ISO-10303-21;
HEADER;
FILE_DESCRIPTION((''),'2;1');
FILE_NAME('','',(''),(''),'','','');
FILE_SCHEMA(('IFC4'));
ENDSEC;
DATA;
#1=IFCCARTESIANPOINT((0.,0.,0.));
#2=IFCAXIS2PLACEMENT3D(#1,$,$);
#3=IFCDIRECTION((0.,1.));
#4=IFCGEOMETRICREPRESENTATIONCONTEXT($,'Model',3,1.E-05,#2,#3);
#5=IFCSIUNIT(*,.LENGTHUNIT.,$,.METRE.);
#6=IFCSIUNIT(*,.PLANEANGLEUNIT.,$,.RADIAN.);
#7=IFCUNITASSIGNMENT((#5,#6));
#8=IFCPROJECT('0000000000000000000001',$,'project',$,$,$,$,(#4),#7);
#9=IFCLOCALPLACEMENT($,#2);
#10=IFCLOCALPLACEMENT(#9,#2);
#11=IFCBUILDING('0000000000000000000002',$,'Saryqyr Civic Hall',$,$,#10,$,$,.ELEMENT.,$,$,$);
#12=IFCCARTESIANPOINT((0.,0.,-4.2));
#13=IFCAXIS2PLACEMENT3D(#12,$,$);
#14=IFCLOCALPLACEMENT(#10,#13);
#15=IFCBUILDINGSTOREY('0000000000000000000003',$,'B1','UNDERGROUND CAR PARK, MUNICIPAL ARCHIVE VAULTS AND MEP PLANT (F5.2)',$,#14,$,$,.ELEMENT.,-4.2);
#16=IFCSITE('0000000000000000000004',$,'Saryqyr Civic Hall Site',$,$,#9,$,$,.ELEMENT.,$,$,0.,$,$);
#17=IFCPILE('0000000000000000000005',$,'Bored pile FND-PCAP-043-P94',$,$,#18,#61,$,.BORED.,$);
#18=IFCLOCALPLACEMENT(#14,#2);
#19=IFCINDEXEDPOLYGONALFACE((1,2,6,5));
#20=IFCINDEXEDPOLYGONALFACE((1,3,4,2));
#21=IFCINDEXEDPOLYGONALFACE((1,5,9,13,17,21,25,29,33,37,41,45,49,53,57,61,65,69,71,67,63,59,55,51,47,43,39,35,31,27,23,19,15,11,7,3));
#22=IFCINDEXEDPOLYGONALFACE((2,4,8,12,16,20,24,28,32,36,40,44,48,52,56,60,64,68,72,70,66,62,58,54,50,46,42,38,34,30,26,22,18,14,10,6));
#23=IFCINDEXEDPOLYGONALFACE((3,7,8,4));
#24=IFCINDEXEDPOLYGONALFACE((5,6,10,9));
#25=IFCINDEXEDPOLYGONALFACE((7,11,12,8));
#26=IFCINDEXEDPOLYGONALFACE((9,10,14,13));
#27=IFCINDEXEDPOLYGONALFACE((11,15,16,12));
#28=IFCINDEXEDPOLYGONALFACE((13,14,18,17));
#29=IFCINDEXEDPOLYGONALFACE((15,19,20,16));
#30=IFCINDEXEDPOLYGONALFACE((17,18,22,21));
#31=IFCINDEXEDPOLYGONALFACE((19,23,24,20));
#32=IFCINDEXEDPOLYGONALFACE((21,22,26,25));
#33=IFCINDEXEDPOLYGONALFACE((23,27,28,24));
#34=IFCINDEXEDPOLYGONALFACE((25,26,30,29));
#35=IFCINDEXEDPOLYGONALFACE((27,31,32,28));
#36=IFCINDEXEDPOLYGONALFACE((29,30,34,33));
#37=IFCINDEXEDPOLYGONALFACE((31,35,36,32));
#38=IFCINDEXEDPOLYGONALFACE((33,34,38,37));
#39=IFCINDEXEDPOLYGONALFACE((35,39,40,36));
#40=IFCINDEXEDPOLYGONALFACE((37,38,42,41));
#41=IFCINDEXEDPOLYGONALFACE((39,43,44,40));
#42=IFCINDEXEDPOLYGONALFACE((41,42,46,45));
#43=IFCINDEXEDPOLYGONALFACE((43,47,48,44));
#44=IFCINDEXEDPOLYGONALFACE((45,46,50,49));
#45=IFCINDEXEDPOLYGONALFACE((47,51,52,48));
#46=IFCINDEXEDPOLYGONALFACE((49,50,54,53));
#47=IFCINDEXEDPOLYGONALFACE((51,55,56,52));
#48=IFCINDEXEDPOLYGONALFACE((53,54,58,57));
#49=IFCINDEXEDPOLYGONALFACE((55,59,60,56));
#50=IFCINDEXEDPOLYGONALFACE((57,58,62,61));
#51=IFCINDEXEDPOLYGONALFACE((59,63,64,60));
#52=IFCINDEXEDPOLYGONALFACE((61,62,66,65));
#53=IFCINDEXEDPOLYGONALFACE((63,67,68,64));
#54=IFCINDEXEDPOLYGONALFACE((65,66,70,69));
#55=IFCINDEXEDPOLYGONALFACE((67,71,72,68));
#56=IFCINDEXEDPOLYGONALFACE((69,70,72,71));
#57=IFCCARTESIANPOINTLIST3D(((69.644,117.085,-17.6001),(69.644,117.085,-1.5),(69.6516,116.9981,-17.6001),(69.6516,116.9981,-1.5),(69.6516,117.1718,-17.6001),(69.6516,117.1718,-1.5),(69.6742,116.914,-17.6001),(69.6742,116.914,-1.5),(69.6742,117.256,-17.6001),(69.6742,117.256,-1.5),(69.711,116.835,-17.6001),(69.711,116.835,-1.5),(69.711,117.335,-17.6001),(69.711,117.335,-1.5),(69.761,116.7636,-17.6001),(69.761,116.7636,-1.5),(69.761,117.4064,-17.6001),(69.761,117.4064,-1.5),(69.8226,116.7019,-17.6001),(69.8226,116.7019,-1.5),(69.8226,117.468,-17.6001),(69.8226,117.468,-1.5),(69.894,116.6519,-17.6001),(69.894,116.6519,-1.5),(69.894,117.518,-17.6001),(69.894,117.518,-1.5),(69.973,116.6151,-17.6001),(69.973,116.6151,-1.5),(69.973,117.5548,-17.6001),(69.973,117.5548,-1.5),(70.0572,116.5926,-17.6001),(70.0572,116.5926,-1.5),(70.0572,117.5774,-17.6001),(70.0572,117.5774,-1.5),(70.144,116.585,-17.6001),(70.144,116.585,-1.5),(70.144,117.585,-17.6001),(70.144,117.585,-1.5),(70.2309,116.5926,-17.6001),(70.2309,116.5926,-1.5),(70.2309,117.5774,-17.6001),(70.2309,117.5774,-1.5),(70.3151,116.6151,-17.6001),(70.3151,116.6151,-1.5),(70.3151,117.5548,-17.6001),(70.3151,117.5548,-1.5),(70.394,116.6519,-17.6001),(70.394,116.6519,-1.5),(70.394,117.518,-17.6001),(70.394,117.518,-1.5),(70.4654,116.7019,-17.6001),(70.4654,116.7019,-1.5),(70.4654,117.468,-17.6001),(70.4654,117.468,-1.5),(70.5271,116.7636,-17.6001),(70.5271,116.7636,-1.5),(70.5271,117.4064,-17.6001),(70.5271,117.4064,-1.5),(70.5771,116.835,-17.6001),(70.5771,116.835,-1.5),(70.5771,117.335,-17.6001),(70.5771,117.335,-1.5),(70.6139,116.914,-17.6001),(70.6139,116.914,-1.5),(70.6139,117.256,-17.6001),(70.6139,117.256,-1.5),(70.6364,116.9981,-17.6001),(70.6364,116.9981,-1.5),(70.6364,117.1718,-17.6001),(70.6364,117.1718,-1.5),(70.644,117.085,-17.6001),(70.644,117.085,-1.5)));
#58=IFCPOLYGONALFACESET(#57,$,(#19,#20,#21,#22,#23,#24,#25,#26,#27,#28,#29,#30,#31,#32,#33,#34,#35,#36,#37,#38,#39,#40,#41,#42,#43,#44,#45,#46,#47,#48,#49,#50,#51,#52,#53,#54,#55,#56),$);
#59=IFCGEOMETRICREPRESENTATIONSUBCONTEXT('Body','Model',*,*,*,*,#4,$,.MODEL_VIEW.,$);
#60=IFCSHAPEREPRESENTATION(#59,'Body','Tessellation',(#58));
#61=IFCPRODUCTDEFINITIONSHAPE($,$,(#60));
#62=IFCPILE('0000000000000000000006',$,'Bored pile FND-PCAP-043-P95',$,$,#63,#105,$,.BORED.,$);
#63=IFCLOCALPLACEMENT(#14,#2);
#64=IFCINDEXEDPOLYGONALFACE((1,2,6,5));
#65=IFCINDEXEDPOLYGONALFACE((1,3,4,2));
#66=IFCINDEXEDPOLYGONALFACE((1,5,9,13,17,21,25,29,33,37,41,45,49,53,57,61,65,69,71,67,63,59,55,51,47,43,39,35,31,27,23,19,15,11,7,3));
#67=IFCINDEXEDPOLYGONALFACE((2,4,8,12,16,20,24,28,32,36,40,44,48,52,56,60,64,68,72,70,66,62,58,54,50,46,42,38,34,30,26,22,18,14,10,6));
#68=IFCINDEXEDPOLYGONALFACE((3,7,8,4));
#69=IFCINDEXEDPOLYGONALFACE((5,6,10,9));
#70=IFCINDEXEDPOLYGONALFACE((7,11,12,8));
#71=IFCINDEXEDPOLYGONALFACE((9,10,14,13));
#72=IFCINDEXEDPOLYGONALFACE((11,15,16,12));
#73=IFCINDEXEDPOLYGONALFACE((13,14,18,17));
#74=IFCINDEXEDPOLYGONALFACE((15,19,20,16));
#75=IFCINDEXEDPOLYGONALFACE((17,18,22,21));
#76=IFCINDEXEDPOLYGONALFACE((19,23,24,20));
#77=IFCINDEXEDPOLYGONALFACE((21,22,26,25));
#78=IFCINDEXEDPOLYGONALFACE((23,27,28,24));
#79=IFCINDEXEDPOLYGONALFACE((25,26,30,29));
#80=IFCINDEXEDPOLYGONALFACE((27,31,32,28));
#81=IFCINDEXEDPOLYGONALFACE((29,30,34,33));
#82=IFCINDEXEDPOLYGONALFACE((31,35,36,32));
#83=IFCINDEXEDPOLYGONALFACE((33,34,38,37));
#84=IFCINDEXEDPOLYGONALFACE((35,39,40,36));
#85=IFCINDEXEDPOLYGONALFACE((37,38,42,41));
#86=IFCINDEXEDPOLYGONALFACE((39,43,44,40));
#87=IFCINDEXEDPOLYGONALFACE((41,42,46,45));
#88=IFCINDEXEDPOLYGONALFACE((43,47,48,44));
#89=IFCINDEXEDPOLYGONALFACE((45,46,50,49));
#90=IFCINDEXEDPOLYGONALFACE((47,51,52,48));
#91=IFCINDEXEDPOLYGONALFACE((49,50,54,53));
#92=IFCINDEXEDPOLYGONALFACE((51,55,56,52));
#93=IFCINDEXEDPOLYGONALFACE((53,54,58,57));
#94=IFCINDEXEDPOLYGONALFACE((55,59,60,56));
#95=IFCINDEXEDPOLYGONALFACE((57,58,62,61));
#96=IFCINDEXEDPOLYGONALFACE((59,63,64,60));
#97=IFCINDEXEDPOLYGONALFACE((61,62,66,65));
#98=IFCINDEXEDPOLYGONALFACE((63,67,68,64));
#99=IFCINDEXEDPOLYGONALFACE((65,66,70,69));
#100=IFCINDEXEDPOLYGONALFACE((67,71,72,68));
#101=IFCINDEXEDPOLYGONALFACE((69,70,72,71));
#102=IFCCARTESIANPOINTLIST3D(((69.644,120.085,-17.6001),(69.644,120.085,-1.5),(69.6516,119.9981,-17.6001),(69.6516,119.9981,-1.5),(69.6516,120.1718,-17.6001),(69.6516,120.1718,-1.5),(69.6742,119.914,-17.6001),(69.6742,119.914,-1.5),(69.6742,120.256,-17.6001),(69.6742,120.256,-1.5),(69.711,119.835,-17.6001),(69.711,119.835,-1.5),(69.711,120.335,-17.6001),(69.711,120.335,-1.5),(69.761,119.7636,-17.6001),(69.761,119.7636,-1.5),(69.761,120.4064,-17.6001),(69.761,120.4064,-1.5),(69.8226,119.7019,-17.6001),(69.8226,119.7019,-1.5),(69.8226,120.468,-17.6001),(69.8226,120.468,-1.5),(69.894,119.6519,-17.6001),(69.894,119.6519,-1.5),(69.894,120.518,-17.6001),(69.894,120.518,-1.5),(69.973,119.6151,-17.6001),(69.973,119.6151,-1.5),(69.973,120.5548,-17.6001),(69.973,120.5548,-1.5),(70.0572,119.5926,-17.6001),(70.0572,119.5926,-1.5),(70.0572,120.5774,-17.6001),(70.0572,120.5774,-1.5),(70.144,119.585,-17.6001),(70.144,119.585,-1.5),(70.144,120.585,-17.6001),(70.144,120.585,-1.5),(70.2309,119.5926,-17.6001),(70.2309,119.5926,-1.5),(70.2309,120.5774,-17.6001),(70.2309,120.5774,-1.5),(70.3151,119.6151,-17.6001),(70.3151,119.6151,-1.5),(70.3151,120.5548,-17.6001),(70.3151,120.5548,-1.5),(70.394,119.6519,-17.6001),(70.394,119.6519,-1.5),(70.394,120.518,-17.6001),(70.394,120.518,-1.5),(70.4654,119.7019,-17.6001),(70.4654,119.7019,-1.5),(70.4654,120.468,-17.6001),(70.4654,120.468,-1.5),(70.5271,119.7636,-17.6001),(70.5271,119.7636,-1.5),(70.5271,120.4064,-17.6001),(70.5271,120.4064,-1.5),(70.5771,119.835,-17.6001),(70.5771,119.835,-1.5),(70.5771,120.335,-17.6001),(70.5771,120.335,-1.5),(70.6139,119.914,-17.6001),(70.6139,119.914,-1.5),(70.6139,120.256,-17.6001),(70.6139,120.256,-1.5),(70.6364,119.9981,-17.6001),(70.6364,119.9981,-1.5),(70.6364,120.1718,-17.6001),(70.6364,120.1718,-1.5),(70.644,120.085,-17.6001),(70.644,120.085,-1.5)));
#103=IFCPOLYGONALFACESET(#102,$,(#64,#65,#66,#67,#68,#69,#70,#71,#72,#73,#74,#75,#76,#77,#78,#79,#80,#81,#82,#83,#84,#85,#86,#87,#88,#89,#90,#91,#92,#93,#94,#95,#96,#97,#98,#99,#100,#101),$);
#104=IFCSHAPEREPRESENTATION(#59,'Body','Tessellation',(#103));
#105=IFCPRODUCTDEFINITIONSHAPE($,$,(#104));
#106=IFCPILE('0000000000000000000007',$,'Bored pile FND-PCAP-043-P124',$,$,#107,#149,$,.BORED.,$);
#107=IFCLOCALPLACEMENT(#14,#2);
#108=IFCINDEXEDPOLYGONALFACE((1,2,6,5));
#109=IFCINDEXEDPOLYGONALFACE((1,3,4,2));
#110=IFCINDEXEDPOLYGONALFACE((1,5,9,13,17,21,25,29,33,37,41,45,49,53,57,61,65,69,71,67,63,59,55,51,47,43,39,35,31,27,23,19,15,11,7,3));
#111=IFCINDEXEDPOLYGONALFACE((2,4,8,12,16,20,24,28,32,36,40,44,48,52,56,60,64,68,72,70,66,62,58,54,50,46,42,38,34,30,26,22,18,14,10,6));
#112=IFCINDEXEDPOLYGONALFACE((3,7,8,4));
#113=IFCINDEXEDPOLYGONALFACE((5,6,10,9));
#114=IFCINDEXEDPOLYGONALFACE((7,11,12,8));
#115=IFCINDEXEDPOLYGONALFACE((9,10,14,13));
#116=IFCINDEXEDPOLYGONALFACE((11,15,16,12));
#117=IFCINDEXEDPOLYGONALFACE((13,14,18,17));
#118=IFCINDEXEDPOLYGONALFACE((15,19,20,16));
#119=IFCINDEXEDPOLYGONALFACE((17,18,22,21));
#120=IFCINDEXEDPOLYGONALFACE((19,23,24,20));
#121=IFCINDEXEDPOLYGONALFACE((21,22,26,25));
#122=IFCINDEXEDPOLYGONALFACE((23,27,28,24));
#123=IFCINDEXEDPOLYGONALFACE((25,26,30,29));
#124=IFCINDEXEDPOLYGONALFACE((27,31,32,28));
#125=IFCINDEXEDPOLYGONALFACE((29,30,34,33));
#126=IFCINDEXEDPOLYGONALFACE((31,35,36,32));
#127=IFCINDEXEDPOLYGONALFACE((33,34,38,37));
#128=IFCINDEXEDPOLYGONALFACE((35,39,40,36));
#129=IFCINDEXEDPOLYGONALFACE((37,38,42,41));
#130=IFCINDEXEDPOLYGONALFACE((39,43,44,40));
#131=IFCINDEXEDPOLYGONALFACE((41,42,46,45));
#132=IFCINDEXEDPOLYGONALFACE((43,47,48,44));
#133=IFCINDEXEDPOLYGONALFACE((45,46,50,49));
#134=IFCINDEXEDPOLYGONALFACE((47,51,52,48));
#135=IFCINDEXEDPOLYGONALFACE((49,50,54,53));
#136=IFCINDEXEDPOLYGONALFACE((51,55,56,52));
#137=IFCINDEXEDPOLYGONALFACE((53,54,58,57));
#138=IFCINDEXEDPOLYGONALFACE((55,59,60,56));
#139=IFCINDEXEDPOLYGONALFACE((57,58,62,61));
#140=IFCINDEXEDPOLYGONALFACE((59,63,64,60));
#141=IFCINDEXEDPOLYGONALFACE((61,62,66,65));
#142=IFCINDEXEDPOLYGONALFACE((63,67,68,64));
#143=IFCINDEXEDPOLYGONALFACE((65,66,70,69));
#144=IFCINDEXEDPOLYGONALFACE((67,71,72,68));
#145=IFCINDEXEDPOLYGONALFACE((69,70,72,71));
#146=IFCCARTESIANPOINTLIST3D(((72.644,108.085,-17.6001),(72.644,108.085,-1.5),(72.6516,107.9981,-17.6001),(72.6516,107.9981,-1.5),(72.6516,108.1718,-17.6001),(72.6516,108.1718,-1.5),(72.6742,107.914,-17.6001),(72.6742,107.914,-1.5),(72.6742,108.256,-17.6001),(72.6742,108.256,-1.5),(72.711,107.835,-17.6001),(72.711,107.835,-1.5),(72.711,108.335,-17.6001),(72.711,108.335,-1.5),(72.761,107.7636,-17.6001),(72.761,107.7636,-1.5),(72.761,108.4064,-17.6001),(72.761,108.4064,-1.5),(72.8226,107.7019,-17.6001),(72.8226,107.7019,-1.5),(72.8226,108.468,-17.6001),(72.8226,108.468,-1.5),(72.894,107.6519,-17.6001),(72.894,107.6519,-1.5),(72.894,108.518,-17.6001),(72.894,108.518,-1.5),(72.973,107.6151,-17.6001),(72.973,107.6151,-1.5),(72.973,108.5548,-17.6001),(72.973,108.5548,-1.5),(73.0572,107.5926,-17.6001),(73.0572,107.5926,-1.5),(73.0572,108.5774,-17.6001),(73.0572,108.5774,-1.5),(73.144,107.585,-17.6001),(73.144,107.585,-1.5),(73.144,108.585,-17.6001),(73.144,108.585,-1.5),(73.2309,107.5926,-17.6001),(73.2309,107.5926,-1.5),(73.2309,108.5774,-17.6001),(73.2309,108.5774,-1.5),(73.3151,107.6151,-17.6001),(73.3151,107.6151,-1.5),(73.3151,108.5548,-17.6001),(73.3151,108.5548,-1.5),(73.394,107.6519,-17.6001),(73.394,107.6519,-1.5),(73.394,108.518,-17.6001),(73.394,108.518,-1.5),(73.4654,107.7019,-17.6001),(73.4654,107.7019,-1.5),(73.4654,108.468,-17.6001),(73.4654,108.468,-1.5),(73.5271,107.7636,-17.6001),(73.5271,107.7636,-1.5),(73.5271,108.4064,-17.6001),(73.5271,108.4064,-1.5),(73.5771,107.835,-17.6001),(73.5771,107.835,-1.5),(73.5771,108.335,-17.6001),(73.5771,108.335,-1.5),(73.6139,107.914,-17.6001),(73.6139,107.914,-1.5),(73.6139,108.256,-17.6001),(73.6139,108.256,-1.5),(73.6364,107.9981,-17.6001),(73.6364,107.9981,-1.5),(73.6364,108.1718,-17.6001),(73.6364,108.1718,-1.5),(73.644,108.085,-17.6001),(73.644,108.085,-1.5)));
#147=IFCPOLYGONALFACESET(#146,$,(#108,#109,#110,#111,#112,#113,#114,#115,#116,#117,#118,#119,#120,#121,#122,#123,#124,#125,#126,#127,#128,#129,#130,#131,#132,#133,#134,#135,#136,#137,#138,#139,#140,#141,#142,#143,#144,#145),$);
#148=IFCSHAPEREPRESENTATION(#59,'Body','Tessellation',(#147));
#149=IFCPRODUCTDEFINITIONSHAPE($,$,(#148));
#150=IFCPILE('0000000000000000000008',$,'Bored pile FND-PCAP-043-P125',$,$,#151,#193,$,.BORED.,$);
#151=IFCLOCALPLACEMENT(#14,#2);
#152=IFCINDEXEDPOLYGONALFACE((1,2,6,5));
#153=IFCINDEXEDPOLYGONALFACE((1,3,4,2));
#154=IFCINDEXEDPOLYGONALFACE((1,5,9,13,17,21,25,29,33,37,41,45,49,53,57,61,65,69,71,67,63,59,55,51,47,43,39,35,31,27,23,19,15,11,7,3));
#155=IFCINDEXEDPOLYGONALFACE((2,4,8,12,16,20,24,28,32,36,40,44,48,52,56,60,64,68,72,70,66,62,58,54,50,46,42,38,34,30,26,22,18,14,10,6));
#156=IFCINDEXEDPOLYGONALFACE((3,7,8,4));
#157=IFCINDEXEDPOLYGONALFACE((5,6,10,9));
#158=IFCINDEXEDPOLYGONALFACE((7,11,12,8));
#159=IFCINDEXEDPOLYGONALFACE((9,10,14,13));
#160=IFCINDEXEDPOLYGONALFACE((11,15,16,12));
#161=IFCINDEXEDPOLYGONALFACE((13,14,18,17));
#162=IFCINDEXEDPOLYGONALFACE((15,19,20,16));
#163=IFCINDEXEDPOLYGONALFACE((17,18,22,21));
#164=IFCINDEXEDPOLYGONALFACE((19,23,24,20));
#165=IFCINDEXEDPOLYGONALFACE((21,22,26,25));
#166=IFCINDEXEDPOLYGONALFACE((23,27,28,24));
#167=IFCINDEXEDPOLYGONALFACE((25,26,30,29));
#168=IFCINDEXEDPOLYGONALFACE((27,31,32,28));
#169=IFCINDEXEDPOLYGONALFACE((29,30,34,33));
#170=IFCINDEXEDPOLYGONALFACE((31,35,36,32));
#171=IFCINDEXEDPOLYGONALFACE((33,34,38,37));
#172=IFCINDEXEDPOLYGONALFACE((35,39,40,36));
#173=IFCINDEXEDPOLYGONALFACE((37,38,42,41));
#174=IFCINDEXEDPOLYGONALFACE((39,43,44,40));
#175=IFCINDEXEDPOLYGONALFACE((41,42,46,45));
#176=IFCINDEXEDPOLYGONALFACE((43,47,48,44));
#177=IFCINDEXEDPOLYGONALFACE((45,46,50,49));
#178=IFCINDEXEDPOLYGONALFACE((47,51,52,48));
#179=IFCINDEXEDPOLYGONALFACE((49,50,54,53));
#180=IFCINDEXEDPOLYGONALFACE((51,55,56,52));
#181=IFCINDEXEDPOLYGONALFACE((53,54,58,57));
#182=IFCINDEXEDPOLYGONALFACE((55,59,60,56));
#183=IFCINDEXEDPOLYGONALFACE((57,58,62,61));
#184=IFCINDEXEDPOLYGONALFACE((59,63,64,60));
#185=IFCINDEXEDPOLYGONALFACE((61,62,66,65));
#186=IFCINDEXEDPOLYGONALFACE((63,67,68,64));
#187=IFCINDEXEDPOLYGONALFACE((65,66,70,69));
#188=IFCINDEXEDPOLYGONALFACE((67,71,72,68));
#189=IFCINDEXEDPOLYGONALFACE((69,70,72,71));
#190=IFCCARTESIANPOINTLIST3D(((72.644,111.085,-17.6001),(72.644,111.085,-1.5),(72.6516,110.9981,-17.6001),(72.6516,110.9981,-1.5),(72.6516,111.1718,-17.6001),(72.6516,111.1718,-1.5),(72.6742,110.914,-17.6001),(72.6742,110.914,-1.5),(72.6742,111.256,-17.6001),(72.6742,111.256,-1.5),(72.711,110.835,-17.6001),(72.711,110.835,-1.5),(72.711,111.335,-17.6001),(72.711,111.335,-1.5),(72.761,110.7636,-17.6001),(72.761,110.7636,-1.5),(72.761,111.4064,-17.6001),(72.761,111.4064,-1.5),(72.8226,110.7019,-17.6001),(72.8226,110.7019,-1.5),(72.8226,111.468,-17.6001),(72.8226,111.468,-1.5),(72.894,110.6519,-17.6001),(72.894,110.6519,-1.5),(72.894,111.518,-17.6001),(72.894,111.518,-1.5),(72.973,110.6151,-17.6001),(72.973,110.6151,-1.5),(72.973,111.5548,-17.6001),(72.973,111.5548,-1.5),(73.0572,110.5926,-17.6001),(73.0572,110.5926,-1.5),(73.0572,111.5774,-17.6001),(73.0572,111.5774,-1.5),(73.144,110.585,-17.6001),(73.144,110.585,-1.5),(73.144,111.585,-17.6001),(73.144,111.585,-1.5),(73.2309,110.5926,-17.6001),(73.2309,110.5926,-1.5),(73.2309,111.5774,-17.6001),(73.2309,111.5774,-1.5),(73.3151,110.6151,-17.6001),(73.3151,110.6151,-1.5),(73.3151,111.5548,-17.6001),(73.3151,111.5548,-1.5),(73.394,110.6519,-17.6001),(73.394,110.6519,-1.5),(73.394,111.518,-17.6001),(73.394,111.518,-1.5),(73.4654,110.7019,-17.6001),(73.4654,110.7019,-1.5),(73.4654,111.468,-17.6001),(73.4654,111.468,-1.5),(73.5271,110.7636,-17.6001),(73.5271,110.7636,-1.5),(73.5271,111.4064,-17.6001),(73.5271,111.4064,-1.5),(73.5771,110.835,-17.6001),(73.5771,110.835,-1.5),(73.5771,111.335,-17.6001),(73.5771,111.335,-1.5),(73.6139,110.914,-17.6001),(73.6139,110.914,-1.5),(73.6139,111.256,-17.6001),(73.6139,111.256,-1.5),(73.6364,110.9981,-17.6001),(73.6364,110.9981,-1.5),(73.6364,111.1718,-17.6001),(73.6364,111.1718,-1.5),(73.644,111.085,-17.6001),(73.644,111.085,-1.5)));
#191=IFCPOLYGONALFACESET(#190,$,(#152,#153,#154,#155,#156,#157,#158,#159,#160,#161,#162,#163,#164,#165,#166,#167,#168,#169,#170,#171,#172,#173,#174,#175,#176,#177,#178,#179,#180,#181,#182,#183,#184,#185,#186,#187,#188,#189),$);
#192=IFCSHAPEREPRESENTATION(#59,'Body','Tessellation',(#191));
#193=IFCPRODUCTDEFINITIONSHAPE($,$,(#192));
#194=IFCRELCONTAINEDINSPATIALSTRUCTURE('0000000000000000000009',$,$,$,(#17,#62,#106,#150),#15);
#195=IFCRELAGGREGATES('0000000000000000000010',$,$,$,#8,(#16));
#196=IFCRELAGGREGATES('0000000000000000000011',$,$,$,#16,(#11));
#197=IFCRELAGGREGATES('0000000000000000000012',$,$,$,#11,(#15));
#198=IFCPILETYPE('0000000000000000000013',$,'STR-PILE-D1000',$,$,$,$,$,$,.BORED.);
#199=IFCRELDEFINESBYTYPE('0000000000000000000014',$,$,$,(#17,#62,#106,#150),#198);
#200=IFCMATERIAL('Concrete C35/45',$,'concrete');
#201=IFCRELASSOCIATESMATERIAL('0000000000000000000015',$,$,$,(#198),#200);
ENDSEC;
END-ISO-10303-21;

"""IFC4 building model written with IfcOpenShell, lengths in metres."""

from ifc_helpers import new_model, si_unit, direction, frame, origin, origin_2d, place, context, subcontext, project, spatial, circle, extrude, material, material_profile, profile_set, type_object, element, save


model = new_model("IFC4")

# Units and contexts
model_context = context("Model", 3, precision=1e-05, world=origin(), true_north=direction((0.0, 1.0)))
body_context = subcontext(model_context, "Body", "Model", "MODEL_VIEW")
ifc_project = project(units=[si_unit("LENGTHUNIT", "METRE"), si_unit("PLANEANGLEUNIT", "RADIAN")], contexts=[model_context])

# Site, building, storey
site_placement = place(None, origin())
site = spatial("IfcSite", under=ifc_project, at=site_placement, Name="Saryqyr Civic Hall Site", CompositionType="ELEMENT", RefElevation=0.0)
building_placement = place(site_placement, origin())
building = spatial("IfcBuilding", under=site, at=building_placement, Name="Saryqyr Civic Hall", CompositionType="ELEMENT")
storey_placement = place(building_placement, frame((0.0, 0.0, -4.2)))
storey = spatial("IfcBuildingStorey", under=building, at=storey_placement, Name="B1", Description="UNDERGROUND CAR PARK, MUNICIPAL ARCHIVE VAULTS AND MEP PLANT (F5.2)", CompositionType="ELEMENT", Elevation=-4.2)

# Piles
ifc_material_1 = material(Name="Concrete C35/45", Category="concrete")
ifc_material_profile_1 = material_profile(ifc_material_1, circle(Radius=0.5, at=origin_2d()), Name="BORED PILE D1000")
ifc_profile_set_1 = profile_set([ifc_material_profile_1], Name="Concrete C35/45")
pile_type = type_object("IfcPileType", Name="STR-PILE-D1000", PredefinedType="BORED", material=ifc_profile_set_1)
for number, where, z_axis, x_axis, name in (
    (1, (70.144, 117.085, -1.5), (0.0, 0.0, -1.0), (1.0, 0.0, 0.0), "Bored pile FND-PCAP-043-P94"),
    (2, (70.144, 120.085, -1.5), (0.0, 0.0, -1.0), (1.0, 0.0, 0.0), "Bored pile FND-PCAP-043-P95"),
    (3, (73.144, 108.085, -1.5), (0.0, 0.0, -1.0), (1.0, 0.0, 0.0), "Bored pile FND-PCAP-043-P124"),
    (4, (73.144, 111.085, -1.5), (0.0, 0.0, -1.0), (1.0, 0.0, 0.0), "Bored pile FND-PCAP-043-P125"),
):
    element("IfcPile", number, at=place(storey_placement, frame(where, z_axis=z_axis, x_axis=x_axis)), inside=storey, type_object=pile_type, Name=name, PredefinedType="BORED", context=body_context, shape_type="SweptSolid", body=[
        extrude(circle(Radius=0.5, at=origin_2d()), origin(), (0.0, 0.0, 1.0), 16.1001),
    ])

save(model, "model.ifc")
